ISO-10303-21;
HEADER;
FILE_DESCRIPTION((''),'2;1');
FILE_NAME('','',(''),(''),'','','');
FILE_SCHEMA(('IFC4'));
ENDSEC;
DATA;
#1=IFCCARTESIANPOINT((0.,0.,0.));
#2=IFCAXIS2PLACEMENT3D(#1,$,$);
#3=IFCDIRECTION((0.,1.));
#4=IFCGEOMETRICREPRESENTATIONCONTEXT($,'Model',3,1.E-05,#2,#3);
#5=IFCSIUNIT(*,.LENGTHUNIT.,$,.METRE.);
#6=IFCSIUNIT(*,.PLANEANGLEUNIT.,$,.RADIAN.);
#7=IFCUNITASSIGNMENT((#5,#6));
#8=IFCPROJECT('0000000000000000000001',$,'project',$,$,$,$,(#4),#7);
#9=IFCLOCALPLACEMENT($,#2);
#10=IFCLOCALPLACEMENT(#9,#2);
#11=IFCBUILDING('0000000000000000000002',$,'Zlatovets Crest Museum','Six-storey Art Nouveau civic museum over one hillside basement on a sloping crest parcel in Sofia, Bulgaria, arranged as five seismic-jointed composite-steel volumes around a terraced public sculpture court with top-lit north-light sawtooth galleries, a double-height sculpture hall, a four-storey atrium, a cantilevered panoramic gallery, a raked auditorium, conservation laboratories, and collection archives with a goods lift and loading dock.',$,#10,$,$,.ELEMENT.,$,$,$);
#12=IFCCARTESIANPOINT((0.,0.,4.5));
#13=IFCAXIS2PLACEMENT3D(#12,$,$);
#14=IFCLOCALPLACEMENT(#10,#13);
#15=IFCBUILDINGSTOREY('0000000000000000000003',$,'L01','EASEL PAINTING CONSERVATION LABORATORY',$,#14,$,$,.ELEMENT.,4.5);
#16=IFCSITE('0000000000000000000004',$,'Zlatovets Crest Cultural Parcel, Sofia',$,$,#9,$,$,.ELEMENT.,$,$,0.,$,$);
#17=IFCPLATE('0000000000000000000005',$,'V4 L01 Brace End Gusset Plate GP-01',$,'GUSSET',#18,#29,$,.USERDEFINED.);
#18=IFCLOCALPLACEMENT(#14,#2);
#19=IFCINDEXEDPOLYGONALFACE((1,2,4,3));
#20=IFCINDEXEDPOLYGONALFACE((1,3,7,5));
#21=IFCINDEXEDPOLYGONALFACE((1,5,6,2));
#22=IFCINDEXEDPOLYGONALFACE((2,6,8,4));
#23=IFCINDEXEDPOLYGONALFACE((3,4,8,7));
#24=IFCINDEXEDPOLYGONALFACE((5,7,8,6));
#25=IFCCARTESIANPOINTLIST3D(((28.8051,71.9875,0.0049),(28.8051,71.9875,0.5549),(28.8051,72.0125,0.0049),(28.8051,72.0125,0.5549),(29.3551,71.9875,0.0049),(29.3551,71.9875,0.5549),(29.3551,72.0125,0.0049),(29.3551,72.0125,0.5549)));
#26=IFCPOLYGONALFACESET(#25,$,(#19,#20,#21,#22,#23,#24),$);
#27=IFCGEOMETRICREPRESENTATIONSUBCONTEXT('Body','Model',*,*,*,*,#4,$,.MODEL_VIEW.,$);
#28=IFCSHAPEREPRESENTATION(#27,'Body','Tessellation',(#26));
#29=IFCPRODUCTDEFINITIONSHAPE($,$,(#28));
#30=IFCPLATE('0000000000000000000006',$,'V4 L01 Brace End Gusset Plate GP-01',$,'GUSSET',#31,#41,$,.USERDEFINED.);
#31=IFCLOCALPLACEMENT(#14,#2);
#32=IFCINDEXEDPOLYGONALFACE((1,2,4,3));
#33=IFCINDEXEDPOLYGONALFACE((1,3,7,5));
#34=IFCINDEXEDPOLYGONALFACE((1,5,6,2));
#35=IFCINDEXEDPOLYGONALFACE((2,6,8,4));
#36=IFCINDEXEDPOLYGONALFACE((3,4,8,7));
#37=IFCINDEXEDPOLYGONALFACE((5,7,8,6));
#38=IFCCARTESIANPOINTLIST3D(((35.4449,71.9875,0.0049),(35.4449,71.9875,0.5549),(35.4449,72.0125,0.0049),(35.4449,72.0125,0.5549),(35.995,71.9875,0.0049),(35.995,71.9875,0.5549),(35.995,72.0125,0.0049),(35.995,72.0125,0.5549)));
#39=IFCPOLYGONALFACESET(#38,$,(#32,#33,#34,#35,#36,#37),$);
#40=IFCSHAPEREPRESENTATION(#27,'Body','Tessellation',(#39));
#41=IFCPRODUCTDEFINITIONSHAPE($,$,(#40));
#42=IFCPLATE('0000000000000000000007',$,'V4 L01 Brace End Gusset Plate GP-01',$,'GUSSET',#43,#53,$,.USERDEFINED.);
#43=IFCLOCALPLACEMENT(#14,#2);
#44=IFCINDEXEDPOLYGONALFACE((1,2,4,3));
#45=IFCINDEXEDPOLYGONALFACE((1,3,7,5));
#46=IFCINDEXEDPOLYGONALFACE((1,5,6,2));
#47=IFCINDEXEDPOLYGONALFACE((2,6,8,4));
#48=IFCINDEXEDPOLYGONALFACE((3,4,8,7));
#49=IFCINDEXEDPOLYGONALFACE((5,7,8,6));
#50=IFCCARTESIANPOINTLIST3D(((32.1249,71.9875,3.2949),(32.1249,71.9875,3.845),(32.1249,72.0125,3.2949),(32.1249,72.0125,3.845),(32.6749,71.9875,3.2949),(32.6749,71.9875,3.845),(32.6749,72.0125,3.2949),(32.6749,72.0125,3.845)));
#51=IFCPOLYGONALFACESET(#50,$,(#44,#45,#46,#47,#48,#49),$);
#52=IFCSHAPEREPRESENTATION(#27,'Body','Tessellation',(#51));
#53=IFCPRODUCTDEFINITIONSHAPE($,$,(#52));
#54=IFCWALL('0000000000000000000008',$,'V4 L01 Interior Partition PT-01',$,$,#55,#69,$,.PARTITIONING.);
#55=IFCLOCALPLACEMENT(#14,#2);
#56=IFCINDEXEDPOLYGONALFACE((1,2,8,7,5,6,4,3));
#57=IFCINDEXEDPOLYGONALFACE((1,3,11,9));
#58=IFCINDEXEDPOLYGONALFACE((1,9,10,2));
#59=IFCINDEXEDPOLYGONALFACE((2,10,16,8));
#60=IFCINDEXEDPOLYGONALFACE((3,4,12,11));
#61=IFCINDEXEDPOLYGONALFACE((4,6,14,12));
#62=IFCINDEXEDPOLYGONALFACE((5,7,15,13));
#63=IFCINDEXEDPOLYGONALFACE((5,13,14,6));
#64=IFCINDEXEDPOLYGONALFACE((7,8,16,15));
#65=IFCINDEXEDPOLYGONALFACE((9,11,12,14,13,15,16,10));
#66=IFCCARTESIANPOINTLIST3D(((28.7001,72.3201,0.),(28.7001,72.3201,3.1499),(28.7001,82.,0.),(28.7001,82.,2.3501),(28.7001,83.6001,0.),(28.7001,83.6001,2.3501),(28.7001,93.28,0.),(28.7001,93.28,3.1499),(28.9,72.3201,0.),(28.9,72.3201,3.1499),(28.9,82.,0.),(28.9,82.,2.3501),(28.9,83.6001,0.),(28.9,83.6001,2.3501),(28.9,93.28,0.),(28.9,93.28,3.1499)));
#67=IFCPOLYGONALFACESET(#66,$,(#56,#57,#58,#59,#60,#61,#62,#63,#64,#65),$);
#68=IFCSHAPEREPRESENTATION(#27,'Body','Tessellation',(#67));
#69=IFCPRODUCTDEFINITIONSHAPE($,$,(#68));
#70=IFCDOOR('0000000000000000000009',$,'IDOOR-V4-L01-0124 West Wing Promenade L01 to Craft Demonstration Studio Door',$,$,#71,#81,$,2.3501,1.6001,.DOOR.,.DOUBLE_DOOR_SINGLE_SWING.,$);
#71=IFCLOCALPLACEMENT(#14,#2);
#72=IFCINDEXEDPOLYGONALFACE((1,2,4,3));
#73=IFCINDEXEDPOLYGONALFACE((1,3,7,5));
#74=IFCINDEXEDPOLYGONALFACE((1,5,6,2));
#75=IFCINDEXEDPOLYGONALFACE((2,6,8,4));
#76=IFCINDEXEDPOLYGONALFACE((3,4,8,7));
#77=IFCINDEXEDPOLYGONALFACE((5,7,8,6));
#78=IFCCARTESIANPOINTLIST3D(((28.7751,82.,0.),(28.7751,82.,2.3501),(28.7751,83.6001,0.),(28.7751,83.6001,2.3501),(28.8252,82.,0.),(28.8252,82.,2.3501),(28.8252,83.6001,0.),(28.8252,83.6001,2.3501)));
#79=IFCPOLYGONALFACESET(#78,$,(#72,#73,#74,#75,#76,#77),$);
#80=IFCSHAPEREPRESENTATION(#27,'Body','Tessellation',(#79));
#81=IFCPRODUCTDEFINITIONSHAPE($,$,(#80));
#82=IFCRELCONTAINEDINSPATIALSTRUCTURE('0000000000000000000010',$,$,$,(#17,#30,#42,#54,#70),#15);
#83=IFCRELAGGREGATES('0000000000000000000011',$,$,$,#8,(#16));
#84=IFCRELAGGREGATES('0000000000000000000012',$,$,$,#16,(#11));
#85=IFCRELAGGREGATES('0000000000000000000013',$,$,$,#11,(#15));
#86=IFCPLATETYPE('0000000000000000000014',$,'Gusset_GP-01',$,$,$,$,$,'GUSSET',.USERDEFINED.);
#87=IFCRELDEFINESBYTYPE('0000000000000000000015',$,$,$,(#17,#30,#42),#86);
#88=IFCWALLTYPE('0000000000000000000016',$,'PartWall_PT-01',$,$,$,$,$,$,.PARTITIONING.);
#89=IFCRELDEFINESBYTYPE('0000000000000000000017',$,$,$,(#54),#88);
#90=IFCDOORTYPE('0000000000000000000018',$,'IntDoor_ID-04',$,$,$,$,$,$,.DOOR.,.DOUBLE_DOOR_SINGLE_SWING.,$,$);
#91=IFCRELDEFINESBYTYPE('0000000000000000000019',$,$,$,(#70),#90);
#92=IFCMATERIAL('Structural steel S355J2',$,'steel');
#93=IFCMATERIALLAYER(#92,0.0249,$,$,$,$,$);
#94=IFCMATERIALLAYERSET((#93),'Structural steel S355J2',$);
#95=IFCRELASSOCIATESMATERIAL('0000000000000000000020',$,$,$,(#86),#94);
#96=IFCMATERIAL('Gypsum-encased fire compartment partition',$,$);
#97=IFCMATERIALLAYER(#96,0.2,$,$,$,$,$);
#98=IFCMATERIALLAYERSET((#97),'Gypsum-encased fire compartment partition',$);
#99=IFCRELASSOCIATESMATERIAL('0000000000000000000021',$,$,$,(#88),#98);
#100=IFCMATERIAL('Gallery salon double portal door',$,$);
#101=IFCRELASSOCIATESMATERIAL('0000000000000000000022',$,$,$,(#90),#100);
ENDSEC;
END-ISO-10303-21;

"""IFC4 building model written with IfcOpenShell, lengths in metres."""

from ifc_helpers import new_model, si_unit, direction, frame, frame_2d, origin, origin_2d, place, context, subcontext, project, spatial, rectangle, extrude, material, layer, layer_set, type_object, element, fill, save


model = new_model("IFC4")

# Units and contexts
model_context = context("Model", 3, precision=1e-05, world=origin(), true_north=direction((0.0, 1.0)))
body_context = subcontext(model_context, "Body", "Model", "MODEL_VIEW")
ifc_project = project(units=[si_unit("LENGTHUNIT", "METRE"), si_unit("PLANEANGLEUNIT", "RADIAN")], contexts=[model_context])

# Site, building, storey
site_placement = place(None, origin())
site = spatial("IfcSite", under=ifc_project, at=site_placement, Name="Zlatovets Crest Cultural Parcel, Sofia", CompositionType="ELEMENT", RefElevation=0.0)
building_placement = place(site_placement, origin())
building = spatial("IfcBuilding", under=site, at=building_placement, Name="Zlatovets Crest Museum", Description="Six-storey Art Nouveau civic museum over one hillside basement on a sloping crest parcel in Sofia, Bulgaria, arranged as five seismic-jointed composite-steel volumes around a terraced public sculpture court with top-lit north-light sawtooth galleries, a double-height sculpture hall, a four-storey atrium, a cantilevered panoramic gallery, a raked auditorium, conservation laboratories, and collection archives with a goods lift and loading dock.", CompositionType="ELEMENT")
storey_placement = place(building_placement, frame((0.0, 0.0, 4.5)))
storey = spatial("IfcBuildingStorey", under=building, at=storey_placement, Name="L01", Description="EASEL PAINTING CONSERVATION LABORATORY", CompositionType="ELEMENT", Elevation=4.5)

# Shared definitions
ifc_material_1 = material(Name="Structural steel S355J2", Category="steel")

# Plates
ifc_layer_1 = layer(ifc_material_1, 0.0249)
ifc_layer_set_1 = layer_set([ifc_layer_1], Name="Structural steel S355J2")
plate_type = type_object("IfcPlateType", Name="Gusset_GP-01", ElementType="GUSSET", PredefinedType="USERDEFINED", material=ifc_layer_set_1)
for number, where, z_axis, x_axis, name in (
    (1, (29.0801, 72.0, 0.0049), (0.0, 0.0, 1.0), (1.0, 0.0, 0.0), "V4 L01 Brace End Gusset Plate GP-01"),
    (2, (35.72, 72.0, 0.0049), (0.0, 0.0, 1.0), (1.0, 0.0, 0.0), "V4 L01 Brace End Gusset Plate GP-01"),
    (3, (32.3999, 72.0, 3.2949), (0.0, 0.0, 1.0), (1.0, 0.0, 0.0), "V4 L01 Brace End Gusset Plate GP-01"),
):
    element("IfcPlate", number, at=place(storey_placement, frame(where, z_axis=z_axis, x_axis=x_axis)), inside=storey, type_object=plate_type, Name=name, ObjectType="GUSSET", PredefinedType="USERDEFINED", context=body_context, shape_type="SweptSolid", body=[
        extrude(rectangle(XDim=0.55, YDim=0.0249, at=origin_2d()), origin(), (0.0, 0.0, 1.0), 0.55),
    ])

# Wall, opening, door
ifc_material_2 = material(Name="Gypsum-encased fire compartment partition")
ifc_layer_2 = layer(ifc_material_2, 0.2)
ifc_layer_set_2 = layer_set([ifc_layer_2], Name="Gypsum-encased fire compartment partition")
wall_type = type_object("IfcWallType", Name="PartWall_PT-01", PredefinedType="PARTITIONING", material=ifc_layer_set_2)
wall_placement = place(storey_placement, frame((28.8, 72.3201, 0.0), z_axis=(0.0, 0.0, 1.0), x_axis=(0.0, 1.0, 0.0)))
wall = element("IfcWall", 4, at=wall_placement, inside=storey, type_object=wall_type, Name="V4 L01 Interior Partition PT-01", PredefinedType="PARTITIONING", context=body_context, shape_type="SweptSolid", body=[
    extrude(rectangle(XDim=20.96, YDim=0.2, at=frame_2d((10.48, 0.0))), origin(), (0.0, 0.0, 1.0), 3.1499),
])
opening_placement = place(wall_placement, frame((9.6799, 0.0, 0.0)))
opening = element("IfcOpeningElement", 5, at=opening_placement, cuts=wall, PredefinedType="OPENING", context=body_context, shape_type="SweptSolid", body=[
    extrude(rectangle(XDim=1.6001, YDim=2.3501, at=frame_2d((0.8, 1.175))), frame((0.0, 0.1099, 0.0), z_axis=(0.0, -1.0, 0.0), x_axis=(1.0, 0.0, 0.0)), (0.0, 0.0, 1.0), 0.22),
])
ifc_material_3 = material(Name="Gallery salon double portal door")
door_type = type_object("IfcDoorType", Name="IntDoor_ID-04", OperationType="DOUBLE_DOOR_SINGLE_SWING", PredefinedType="DOOR", material=ifc_material_3)
door_placement = place(opening_placement, origin())
door = element("IfcDoor", 6, at=door_placement, inside=storey, type_object=door_type, Name="IDOOR-V4-L01-0124 West Wing Promenade L01 to Craft Demonstration Studio Door", OperationType="DOUBLE_DOOR_SINGLE_SWING", OverallHeight=2.3501, OverallWidth=1.6001, PredefinedType="DOOR", context=body_context, shape_type="SweptSolid", body=[
    extrude(rectangle(XDim=1.6001, YDim=2.3501, at=frame_2d((0.8, 1.175))), frame((0.0, 0.0249, 0.0), z_axis=(0.0, -1.0, 0.0), x_axis=(1.0, 0.0, 0.0)), (0.0, 0.0, 1.0), 0.05),
])
fill(opening, door)

save(model, "model.ifc")
